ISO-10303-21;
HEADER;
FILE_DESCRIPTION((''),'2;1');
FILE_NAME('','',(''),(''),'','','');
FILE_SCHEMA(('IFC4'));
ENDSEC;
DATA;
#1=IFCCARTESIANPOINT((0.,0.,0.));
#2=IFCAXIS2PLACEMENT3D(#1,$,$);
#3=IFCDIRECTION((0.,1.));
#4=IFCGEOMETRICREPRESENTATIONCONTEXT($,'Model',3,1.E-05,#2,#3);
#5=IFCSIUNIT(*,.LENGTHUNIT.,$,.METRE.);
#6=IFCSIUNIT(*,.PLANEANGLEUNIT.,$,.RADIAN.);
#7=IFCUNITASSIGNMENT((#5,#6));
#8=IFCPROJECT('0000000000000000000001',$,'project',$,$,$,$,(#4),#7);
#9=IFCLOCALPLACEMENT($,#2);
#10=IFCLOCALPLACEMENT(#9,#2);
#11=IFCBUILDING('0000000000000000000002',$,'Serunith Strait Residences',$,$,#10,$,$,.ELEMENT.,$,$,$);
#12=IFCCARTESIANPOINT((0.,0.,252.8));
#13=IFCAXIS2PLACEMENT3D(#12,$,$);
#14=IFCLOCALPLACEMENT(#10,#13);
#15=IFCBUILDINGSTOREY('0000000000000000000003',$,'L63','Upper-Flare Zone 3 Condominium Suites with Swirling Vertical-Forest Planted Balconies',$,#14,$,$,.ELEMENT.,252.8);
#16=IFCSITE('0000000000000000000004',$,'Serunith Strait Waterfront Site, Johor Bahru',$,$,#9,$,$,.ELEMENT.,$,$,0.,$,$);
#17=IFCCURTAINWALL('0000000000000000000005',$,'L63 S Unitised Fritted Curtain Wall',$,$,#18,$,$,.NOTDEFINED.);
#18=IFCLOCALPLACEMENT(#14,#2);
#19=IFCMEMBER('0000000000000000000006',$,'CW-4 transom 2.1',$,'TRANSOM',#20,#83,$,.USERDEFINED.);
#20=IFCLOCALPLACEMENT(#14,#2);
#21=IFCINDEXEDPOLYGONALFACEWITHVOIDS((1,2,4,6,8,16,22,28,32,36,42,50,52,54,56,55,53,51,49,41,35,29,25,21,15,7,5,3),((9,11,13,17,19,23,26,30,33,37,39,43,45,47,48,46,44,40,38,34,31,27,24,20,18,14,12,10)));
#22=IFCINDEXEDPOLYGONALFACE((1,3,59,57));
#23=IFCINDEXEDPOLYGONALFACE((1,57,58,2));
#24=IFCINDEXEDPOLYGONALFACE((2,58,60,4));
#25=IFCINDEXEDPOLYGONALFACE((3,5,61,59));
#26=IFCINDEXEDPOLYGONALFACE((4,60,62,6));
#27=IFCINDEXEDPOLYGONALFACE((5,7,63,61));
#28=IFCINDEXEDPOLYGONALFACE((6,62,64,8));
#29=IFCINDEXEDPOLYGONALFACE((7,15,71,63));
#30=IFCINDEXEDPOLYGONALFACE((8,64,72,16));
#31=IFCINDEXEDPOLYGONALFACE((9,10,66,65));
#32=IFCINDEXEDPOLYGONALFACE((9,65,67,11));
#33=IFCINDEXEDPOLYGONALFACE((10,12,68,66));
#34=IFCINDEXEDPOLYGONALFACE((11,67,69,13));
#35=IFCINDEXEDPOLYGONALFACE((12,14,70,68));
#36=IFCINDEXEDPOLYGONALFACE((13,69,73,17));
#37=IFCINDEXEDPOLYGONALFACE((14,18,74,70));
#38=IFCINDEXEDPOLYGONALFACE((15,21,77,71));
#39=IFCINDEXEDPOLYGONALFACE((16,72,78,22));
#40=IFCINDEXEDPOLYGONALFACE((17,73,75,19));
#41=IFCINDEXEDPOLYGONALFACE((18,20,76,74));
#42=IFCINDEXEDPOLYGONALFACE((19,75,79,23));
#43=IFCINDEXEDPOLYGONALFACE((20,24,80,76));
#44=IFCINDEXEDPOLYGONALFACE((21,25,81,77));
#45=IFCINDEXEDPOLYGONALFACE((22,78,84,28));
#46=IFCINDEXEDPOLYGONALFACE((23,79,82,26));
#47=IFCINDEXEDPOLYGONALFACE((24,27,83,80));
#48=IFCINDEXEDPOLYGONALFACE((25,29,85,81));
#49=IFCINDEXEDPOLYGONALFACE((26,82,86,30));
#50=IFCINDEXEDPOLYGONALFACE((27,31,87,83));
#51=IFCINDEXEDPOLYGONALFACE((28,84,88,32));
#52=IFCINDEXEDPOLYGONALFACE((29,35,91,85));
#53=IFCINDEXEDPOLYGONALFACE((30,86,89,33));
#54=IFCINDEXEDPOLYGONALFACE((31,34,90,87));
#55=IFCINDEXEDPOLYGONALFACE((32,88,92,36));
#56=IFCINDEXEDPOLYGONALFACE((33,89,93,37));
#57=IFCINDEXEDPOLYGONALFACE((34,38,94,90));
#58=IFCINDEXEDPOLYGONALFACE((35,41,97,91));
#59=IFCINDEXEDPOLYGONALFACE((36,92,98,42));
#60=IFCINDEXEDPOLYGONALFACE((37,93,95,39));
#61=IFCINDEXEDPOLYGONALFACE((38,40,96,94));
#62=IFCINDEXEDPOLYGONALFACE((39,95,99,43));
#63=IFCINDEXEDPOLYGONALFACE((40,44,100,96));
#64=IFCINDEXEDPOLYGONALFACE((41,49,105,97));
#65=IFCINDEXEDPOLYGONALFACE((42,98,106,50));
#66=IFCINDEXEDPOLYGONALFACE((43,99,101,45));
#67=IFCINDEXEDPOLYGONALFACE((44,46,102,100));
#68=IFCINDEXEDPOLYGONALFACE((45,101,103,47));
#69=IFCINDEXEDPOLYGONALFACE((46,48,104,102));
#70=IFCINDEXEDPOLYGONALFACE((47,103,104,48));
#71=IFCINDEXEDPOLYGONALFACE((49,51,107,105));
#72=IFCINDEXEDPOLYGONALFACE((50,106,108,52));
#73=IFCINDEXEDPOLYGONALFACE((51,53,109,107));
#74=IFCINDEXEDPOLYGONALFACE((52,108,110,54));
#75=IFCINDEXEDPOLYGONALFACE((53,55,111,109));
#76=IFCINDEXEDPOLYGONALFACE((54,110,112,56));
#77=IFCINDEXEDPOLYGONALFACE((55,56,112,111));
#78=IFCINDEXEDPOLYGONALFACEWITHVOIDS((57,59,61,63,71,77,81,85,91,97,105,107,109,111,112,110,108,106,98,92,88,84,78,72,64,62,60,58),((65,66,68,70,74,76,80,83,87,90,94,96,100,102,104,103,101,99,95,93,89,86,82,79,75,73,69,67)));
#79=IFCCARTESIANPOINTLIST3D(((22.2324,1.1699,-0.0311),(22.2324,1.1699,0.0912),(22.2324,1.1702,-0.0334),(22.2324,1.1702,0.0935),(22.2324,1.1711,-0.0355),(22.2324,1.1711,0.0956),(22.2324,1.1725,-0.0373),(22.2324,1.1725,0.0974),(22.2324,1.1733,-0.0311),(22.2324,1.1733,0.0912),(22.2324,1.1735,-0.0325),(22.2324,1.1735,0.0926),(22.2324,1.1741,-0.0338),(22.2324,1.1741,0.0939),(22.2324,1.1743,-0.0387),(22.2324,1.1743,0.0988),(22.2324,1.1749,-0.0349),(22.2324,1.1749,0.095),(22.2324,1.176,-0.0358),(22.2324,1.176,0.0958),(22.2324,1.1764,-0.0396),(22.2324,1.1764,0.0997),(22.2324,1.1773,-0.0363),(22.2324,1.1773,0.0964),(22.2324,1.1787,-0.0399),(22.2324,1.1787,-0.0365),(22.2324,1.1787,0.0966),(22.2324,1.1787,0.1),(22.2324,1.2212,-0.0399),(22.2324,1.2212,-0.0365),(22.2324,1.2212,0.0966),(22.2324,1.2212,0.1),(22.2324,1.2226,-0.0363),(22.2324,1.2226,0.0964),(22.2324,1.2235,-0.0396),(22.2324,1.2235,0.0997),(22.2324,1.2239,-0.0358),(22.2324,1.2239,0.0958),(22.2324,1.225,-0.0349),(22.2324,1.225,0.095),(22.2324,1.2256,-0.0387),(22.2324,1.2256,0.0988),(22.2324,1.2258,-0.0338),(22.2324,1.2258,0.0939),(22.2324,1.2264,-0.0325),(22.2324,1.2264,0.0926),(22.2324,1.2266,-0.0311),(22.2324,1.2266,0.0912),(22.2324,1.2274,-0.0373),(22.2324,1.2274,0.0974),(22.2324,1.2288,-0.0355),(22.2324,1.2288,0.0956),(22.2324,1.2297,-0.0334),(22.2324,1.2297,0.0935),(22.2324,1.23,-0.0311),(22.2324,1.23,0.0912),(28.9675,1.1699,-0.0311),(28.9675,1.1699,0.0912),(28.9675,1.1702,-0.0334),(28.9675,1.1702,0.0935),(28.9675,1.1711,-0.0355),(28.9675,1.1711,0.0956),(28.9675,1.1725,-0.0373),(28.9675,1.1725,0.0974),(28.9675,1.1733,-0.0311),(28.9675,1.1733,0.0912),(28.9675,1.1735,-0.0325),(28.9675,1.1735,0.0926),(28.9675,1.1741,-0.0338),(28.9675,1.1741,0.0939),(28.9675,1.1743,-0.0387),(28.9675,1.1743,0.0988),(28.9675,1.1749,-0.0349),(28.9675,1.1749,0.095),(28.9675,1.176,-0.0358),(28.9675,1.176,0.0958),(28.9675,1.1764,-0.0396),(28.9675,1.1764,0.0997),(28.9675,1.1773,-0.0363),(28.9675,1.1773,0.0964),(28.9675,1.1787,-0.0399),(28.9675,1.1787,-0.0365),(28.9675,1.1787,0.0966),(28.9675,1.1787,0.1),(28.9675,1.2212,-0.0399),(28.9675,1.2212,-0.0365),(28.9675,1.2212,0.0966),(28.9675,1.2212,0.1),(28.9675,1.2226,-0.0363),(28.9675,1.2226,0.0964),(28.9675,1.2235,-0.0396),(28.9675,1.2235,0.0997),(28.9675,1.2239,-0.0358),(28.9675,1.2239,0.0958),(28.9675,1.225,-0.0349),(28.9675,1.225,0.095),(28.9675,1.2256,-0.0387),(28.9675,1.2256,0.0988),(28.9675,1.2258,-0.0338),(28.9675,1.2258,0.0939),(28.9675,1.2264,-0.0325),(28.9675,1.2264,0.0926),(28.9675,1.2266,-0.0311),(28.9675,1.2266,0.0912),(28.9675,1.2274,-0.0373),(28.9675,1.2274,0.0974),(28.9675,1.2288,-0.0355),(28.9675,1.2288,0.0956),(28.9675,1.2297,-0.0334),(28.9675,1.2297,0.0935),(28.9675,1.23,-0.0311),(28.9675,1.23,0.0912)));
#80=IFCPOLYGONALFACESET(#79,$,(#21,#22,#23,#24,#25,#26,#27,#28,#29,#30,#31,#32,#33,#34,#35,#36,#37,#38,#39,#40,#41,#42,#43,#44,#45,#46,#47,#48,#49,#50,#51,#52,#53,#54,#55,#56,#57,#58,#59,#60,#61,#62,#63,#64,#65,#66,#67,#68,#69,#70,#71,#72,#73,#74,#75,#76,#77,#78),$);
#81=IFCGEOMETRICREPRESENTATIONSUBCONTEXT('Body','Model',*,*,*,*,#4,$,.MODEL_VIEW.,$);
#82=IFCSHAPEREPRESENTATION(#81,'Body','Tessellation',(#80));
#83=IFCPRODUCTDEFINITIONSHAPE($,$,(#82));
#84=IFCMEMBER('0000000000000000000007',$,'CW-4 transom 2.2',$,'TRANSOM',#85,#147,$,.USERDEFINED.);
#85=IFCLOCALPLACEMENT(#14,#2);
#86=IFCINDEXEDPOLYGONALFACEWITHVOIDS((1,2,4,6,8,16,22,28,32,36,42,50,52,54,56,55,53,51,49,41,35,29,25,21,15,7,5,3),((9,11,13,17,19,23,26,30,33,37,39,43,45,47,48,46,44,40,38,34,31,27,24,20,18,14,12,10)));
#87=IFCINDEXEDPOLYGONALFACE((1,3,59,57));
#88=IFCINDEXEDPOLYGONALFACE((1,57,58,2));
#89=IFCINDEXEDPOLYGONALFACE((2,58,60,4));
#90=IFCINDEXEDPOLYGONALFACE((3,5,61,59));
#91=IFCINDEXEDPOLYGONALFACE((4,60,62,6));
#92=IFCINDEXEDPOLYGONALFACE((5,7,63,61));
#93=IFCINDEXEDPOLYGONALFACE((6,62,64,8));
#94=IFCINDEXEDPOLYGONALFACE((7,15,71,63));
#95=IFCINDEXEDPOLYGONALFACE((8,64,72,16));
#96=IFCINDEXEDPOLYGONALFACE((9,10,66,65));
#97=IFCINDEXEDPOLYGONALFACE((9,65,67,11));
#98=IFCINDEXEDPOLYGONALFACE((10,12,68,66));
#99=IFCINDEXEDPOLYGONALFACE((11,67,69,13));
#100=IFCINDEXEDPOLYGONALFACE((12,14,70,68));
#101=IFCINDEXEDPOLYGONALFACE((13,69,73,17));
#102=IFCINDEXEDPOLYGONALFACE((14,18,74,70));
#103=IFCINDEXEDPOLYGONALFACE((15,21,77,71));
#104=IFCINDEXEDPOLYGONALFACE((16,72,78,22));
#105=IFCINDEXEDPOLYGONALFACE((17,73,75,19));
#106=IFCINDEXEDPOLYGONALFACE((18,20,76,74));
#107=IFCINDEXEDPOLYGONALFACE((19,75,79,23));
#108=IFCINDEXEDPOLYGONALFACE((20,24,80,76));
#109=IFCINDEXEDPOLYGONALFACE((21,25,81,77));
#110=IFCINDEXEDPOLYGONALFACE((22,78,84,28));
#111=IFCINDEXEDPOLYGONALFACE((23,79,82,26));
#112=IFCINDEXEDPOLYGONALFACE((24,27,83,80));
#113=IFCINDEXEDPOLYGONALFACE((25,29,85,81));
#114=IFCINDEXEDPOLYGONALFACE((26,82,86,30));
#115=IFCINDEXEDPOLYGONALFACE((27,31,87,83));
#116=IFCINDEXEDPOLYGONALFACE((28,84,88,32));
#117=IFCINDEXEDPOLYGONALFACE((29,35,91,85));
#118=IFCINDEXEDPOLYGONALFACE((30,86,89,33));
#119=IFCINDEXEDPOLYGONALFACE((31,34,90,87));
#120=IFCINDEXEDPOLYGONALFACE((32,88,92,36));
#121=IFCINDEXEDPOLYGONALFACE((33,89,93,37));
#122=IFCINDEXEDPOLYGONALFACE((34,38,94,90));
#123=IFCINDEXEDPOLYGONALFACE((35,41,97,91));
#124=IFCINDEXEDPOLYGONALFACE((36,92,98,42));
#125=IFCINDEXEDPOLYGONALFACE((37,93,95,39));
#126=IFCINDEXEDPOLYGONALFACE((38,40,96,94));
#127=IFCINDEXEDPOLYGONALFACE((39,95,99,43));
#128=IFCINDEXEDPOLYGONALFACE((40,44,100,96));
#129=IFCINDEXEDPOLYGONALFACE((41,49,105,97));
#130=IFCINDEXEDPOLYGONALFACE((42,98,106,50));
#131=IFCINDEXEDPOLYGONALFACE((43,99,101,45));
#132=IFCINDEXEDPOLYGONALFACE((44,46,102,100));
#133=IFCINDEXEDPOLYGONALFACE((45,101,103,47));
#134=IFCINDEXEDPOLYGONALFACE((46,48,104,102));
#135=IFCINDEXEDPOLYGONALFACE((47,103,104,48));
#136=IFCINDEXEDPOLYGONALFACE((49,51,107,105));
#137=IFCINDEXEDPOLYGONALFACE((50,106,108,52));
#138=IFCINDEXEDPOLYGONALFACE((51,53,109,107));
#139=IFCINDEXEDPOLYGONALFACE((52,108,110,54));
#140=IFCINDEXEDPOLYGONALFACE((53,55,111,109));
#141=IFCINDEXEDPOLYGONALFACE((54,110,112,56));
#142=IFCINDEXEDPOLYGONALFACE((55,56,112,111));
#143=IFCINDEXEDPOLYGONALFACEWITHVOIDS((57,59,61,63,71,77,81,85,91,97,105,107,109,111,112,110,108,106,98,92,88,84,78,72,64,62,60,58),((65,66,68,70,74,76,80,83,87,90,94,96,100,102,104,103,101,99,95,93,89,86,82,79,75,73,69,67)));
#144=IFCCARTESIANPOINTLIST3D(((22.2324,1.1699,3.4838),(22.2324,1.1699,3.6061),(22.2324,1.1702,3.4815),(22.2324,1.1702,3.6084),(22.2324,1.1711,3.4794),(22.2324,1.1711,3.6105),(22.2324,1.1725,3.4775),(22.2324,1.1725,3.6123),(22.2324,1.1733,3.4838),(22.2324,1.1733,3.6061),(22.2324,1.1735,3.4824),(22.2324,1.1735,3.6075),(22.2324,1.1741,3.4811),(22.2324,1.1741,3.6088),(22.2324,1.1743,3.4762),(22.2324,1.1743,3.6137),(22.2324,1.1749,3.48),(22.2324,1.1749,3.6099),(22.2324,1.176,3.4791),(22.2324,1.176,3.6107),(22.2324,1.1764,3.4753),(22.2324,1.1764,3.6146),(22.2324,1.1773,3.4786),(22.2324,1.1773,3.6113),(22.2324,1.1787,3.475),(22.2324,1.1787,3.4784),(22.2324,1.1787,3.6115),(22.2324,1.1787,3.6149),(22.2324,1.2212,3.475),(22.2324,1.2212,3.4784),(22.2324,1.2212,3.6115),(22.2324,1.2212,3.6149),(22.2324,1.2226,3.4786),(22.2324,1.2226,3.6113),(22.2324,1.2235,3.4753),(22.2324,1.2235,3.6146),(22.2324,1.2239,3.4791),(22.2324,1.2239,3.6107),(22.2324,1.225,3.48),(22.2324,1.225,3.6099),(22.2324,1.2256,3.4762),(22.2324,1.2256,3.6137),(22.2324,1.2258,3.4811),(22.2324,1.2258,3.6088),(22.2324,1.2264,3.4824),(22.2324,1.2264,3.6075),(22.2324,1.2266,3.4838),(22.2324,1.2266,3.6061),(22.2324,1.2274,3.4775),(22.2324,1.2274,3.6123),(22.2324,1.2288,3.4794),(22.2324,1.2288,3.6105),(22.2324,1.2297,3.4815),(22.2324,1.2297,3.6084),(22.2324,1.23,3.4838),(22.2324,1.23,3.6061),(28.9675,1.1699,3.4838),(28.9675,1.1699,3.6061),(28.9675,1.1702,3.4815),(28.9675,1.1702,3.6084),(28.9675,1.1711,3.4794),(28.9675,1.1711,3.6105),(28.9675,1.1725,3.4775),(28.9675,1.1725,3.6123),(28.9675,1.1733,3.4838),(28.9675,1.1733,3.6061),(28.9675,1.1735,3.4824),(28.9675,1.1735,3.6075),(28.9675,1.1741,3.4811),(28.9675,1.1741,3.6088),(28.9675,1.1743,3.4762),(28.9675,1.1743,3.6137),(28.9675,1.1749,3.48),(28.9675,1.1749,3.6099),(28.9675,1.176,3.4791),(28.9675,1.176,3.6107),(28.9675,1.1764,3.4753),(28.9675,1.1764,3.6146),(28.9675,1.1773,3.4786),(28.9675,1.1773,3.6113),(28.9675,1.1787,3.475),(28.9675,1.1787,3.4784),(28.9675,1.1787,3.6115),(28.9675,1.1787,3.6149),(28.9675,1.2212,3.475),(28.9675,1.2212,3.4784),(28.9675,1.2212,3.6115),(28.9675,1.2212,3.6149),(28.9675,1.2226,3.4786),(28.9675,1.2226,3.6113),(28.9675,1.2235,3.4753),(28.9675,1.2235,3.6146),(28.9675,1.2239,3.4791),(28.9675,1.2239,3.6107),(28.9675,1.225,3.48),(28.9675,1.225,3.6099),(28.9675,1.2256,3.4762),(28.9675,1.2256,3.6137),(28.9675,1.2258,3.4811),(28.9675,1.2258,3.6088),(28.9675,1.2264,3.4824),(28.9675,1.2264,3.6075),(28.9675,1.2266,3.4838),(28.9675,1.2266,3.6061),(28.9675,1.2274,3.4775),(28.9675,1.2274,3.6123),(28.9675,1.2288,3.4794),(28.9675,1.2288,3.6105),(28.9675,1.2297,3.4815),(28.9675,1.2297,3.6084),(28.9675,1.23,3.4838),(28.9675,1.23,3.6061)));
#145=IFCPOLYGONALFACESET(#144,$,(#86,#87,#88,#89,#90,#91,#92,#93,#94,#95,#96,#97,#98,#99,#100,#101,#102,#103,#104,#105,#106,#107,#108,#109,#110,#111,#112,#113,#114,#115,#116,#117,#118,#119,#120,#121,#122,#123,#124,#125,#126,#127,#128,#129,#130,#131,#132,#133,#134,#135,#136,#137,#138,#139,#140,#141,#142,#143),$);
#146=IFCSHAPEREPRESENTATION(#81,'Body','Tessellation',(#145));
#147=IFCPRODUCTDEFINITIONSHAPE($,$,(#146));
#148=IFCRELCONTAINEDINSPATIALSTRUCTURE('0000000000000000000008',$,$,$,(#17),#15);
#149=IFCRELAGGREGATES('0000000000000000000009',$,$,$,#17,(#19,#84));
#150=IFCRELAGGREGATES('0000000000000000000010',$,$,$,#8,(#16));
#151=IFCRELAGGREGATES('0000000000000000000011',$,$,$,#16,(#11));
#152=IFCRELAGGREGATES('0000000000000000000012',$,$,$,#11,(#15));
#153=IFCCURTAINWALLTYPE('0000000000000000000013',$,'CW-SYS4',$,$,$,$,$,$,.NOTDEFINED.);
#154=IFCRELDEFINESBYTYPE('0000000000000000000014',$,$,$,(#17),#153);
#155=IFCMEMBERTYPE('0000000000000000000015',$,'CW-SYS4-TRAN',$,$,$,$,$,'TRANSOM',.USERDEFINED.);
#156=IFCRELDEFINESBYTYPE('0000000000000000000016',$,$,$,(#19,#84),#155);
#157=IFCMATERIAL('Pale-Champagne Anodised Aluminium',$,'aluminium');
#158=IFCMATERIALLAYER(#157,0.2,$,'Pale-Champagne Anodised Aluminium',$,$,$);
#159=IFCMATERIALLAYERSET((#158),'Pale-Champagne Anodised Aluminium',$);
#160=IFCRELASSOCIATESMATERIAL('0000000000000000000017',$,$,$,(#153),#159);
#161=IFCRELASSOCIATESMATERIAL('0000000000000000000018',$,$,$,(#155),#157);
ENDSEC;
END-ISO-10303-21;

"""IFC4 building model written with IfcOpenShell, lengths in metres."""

from ifc_helpers import new_model, si_unit, direction, frame, origin, origin_2d, place, context, subcontext, project, spatial, hollow_rectangle, extrude, source, transform, mapped, material, layer, layer_set, material_profile, profile_set, type_object, element, aggregate, save


model = new_model("IFC4")

# Units and contexts
model_context = context("Model", 3, precision=1e-05, world=origin(), true_north=direction((0.0, 1.0)))
body_context = subcontext(model_context, "Body", "Model", "MODEL_VIEW")
ifc_project = project(units=[si_unit("LENGTHUNIT", "METRE"), si_unit("PLANEANGLEUNIT", "RADIAN")], contexts=[model_context])

# Site, building, storey
site_placement = place(None, origin())
site = spatial("IfcSite", under=ifc_project, at=site_placement, Name="Serunith Strait Waterfront Site, Johor Bahru", CompositionType="ELEMENT", RefElevation=0.0)
building_placement = place(site_placement, origin())
building = spatial("IfcBuilding", under=site, at=building_placement, Name="Serunith Strait Residences", CompositionType="ELEMENT")
storey_placement = place(building_placement, frame((0.0, 0.0, 252.8)))
storey = spatial("IfcBuildingStorey", under=building, at=storey_placement, Name="L63", Description="Upper-Flare Zone 3 Condominium Suites with Swirling Vertical-Forest Planted Balconies", CompositionType="ELEMENT", Elevation=252.8)

# Curtain wall, members
ifc_material_1 = material(Name="Pale-Champagne Anodised Aluminium", Category="aluminium")
ifc_layer_1 = layer(ifc_material_1, 0.2, Name="Pale-Champagne Anodised Aluminium")
ifc_layer_set_1 = layer_set([ifc_layer_1], Name="Pale-Champagne Anodised Aluminium")
curtain_wall_type = type_object("IfcCurtainWallType", Name="CW-SYS4", PredefinedType="NOTDEFINED", material=ifc_layer_set_1)
curtain_wall_placement = place(storey_placement, origin())
curtain_wall = element("IfcCurtainWall", 1, at=curtain_wall_placement, inside=storey, type_object=curtain_wall_type, Name="L63 S Unitised Fritted Curtain Wall", PredefinedType="NOTDEFINED")
ifc_material_profile_1 = material_profile(ifc_material_1, hollow_rectangle(XDim=0.0601, YDim=0.1399, WallThickness=0.0034, InnerFilletRadius=0.0054, OuterFilletRadius=0.0088, at=origin_2d()), Name="ALU 140x60x3.5")
ifc_profile_set_1 = profile_set([ifc_material_profile_1], Name="Pale-Champagne Anodised Aluminium")
member_type_1 = type_object("IfcMemberType", Name="CW-SYS4-TRAN", ElementType="TRANSOM", PredefinedType="USERDEFINED", material=ifc_profile_set_1)
shared_shape_1 = source(origin(), body_context, "Body", "SweptSolid", [
    extrude(hollow_rectangle(XDim=0.0601, YDim=0.1399, WallThickness=0.0034, InnerFilletRadius=0.0054, OuterFilletRadius=0.0088, at=origin_2d()), origin(), (0.0, 0.0, 1.0), 6.7351),
])
member_1_placement = place(storey_placement, frame((22.2324, 1.2, 0.03), z_axis=(1.0, 0.0, 0.0), x_axis=(0.0, 1.0, 0.0)))
member_1 = element("IfcMember", 2, at=member_1_placement, type_object=member_type_1, Name="CW-4 transom 2.1", ObjectType="TRANSOM", PredefinedType="USERDEFINED", context=body_context, shape_type="MappedRepresentation", body=[
    mapped(shared_shape_1, transform((0.0, 0.0, 0.0), scale=1.0)),
])
member_2_placement = place(storey_placement, frame((22.2324, 1.2, 3.5449), z_axis=(1.0, 0.0, 0.0), x_axis=(0.0, 1.0, 0.0)))
member_2 = element("IfcMember", 3, at=member_2_placement, type_object=member_type_1, Name="CW-4 transom 2.2", ObjectType="TRANSOM", PredefinedType="USERDEFINED", context=body_context, shape_type="MappedRepresentation", body=[
    mapped(shared_shape_1, transform((0.0, 0.0, 0.0), scale=1.0)),
])
aggregate(curtain_wall, [member_1, member_2])

save(model, "model.ifc")
